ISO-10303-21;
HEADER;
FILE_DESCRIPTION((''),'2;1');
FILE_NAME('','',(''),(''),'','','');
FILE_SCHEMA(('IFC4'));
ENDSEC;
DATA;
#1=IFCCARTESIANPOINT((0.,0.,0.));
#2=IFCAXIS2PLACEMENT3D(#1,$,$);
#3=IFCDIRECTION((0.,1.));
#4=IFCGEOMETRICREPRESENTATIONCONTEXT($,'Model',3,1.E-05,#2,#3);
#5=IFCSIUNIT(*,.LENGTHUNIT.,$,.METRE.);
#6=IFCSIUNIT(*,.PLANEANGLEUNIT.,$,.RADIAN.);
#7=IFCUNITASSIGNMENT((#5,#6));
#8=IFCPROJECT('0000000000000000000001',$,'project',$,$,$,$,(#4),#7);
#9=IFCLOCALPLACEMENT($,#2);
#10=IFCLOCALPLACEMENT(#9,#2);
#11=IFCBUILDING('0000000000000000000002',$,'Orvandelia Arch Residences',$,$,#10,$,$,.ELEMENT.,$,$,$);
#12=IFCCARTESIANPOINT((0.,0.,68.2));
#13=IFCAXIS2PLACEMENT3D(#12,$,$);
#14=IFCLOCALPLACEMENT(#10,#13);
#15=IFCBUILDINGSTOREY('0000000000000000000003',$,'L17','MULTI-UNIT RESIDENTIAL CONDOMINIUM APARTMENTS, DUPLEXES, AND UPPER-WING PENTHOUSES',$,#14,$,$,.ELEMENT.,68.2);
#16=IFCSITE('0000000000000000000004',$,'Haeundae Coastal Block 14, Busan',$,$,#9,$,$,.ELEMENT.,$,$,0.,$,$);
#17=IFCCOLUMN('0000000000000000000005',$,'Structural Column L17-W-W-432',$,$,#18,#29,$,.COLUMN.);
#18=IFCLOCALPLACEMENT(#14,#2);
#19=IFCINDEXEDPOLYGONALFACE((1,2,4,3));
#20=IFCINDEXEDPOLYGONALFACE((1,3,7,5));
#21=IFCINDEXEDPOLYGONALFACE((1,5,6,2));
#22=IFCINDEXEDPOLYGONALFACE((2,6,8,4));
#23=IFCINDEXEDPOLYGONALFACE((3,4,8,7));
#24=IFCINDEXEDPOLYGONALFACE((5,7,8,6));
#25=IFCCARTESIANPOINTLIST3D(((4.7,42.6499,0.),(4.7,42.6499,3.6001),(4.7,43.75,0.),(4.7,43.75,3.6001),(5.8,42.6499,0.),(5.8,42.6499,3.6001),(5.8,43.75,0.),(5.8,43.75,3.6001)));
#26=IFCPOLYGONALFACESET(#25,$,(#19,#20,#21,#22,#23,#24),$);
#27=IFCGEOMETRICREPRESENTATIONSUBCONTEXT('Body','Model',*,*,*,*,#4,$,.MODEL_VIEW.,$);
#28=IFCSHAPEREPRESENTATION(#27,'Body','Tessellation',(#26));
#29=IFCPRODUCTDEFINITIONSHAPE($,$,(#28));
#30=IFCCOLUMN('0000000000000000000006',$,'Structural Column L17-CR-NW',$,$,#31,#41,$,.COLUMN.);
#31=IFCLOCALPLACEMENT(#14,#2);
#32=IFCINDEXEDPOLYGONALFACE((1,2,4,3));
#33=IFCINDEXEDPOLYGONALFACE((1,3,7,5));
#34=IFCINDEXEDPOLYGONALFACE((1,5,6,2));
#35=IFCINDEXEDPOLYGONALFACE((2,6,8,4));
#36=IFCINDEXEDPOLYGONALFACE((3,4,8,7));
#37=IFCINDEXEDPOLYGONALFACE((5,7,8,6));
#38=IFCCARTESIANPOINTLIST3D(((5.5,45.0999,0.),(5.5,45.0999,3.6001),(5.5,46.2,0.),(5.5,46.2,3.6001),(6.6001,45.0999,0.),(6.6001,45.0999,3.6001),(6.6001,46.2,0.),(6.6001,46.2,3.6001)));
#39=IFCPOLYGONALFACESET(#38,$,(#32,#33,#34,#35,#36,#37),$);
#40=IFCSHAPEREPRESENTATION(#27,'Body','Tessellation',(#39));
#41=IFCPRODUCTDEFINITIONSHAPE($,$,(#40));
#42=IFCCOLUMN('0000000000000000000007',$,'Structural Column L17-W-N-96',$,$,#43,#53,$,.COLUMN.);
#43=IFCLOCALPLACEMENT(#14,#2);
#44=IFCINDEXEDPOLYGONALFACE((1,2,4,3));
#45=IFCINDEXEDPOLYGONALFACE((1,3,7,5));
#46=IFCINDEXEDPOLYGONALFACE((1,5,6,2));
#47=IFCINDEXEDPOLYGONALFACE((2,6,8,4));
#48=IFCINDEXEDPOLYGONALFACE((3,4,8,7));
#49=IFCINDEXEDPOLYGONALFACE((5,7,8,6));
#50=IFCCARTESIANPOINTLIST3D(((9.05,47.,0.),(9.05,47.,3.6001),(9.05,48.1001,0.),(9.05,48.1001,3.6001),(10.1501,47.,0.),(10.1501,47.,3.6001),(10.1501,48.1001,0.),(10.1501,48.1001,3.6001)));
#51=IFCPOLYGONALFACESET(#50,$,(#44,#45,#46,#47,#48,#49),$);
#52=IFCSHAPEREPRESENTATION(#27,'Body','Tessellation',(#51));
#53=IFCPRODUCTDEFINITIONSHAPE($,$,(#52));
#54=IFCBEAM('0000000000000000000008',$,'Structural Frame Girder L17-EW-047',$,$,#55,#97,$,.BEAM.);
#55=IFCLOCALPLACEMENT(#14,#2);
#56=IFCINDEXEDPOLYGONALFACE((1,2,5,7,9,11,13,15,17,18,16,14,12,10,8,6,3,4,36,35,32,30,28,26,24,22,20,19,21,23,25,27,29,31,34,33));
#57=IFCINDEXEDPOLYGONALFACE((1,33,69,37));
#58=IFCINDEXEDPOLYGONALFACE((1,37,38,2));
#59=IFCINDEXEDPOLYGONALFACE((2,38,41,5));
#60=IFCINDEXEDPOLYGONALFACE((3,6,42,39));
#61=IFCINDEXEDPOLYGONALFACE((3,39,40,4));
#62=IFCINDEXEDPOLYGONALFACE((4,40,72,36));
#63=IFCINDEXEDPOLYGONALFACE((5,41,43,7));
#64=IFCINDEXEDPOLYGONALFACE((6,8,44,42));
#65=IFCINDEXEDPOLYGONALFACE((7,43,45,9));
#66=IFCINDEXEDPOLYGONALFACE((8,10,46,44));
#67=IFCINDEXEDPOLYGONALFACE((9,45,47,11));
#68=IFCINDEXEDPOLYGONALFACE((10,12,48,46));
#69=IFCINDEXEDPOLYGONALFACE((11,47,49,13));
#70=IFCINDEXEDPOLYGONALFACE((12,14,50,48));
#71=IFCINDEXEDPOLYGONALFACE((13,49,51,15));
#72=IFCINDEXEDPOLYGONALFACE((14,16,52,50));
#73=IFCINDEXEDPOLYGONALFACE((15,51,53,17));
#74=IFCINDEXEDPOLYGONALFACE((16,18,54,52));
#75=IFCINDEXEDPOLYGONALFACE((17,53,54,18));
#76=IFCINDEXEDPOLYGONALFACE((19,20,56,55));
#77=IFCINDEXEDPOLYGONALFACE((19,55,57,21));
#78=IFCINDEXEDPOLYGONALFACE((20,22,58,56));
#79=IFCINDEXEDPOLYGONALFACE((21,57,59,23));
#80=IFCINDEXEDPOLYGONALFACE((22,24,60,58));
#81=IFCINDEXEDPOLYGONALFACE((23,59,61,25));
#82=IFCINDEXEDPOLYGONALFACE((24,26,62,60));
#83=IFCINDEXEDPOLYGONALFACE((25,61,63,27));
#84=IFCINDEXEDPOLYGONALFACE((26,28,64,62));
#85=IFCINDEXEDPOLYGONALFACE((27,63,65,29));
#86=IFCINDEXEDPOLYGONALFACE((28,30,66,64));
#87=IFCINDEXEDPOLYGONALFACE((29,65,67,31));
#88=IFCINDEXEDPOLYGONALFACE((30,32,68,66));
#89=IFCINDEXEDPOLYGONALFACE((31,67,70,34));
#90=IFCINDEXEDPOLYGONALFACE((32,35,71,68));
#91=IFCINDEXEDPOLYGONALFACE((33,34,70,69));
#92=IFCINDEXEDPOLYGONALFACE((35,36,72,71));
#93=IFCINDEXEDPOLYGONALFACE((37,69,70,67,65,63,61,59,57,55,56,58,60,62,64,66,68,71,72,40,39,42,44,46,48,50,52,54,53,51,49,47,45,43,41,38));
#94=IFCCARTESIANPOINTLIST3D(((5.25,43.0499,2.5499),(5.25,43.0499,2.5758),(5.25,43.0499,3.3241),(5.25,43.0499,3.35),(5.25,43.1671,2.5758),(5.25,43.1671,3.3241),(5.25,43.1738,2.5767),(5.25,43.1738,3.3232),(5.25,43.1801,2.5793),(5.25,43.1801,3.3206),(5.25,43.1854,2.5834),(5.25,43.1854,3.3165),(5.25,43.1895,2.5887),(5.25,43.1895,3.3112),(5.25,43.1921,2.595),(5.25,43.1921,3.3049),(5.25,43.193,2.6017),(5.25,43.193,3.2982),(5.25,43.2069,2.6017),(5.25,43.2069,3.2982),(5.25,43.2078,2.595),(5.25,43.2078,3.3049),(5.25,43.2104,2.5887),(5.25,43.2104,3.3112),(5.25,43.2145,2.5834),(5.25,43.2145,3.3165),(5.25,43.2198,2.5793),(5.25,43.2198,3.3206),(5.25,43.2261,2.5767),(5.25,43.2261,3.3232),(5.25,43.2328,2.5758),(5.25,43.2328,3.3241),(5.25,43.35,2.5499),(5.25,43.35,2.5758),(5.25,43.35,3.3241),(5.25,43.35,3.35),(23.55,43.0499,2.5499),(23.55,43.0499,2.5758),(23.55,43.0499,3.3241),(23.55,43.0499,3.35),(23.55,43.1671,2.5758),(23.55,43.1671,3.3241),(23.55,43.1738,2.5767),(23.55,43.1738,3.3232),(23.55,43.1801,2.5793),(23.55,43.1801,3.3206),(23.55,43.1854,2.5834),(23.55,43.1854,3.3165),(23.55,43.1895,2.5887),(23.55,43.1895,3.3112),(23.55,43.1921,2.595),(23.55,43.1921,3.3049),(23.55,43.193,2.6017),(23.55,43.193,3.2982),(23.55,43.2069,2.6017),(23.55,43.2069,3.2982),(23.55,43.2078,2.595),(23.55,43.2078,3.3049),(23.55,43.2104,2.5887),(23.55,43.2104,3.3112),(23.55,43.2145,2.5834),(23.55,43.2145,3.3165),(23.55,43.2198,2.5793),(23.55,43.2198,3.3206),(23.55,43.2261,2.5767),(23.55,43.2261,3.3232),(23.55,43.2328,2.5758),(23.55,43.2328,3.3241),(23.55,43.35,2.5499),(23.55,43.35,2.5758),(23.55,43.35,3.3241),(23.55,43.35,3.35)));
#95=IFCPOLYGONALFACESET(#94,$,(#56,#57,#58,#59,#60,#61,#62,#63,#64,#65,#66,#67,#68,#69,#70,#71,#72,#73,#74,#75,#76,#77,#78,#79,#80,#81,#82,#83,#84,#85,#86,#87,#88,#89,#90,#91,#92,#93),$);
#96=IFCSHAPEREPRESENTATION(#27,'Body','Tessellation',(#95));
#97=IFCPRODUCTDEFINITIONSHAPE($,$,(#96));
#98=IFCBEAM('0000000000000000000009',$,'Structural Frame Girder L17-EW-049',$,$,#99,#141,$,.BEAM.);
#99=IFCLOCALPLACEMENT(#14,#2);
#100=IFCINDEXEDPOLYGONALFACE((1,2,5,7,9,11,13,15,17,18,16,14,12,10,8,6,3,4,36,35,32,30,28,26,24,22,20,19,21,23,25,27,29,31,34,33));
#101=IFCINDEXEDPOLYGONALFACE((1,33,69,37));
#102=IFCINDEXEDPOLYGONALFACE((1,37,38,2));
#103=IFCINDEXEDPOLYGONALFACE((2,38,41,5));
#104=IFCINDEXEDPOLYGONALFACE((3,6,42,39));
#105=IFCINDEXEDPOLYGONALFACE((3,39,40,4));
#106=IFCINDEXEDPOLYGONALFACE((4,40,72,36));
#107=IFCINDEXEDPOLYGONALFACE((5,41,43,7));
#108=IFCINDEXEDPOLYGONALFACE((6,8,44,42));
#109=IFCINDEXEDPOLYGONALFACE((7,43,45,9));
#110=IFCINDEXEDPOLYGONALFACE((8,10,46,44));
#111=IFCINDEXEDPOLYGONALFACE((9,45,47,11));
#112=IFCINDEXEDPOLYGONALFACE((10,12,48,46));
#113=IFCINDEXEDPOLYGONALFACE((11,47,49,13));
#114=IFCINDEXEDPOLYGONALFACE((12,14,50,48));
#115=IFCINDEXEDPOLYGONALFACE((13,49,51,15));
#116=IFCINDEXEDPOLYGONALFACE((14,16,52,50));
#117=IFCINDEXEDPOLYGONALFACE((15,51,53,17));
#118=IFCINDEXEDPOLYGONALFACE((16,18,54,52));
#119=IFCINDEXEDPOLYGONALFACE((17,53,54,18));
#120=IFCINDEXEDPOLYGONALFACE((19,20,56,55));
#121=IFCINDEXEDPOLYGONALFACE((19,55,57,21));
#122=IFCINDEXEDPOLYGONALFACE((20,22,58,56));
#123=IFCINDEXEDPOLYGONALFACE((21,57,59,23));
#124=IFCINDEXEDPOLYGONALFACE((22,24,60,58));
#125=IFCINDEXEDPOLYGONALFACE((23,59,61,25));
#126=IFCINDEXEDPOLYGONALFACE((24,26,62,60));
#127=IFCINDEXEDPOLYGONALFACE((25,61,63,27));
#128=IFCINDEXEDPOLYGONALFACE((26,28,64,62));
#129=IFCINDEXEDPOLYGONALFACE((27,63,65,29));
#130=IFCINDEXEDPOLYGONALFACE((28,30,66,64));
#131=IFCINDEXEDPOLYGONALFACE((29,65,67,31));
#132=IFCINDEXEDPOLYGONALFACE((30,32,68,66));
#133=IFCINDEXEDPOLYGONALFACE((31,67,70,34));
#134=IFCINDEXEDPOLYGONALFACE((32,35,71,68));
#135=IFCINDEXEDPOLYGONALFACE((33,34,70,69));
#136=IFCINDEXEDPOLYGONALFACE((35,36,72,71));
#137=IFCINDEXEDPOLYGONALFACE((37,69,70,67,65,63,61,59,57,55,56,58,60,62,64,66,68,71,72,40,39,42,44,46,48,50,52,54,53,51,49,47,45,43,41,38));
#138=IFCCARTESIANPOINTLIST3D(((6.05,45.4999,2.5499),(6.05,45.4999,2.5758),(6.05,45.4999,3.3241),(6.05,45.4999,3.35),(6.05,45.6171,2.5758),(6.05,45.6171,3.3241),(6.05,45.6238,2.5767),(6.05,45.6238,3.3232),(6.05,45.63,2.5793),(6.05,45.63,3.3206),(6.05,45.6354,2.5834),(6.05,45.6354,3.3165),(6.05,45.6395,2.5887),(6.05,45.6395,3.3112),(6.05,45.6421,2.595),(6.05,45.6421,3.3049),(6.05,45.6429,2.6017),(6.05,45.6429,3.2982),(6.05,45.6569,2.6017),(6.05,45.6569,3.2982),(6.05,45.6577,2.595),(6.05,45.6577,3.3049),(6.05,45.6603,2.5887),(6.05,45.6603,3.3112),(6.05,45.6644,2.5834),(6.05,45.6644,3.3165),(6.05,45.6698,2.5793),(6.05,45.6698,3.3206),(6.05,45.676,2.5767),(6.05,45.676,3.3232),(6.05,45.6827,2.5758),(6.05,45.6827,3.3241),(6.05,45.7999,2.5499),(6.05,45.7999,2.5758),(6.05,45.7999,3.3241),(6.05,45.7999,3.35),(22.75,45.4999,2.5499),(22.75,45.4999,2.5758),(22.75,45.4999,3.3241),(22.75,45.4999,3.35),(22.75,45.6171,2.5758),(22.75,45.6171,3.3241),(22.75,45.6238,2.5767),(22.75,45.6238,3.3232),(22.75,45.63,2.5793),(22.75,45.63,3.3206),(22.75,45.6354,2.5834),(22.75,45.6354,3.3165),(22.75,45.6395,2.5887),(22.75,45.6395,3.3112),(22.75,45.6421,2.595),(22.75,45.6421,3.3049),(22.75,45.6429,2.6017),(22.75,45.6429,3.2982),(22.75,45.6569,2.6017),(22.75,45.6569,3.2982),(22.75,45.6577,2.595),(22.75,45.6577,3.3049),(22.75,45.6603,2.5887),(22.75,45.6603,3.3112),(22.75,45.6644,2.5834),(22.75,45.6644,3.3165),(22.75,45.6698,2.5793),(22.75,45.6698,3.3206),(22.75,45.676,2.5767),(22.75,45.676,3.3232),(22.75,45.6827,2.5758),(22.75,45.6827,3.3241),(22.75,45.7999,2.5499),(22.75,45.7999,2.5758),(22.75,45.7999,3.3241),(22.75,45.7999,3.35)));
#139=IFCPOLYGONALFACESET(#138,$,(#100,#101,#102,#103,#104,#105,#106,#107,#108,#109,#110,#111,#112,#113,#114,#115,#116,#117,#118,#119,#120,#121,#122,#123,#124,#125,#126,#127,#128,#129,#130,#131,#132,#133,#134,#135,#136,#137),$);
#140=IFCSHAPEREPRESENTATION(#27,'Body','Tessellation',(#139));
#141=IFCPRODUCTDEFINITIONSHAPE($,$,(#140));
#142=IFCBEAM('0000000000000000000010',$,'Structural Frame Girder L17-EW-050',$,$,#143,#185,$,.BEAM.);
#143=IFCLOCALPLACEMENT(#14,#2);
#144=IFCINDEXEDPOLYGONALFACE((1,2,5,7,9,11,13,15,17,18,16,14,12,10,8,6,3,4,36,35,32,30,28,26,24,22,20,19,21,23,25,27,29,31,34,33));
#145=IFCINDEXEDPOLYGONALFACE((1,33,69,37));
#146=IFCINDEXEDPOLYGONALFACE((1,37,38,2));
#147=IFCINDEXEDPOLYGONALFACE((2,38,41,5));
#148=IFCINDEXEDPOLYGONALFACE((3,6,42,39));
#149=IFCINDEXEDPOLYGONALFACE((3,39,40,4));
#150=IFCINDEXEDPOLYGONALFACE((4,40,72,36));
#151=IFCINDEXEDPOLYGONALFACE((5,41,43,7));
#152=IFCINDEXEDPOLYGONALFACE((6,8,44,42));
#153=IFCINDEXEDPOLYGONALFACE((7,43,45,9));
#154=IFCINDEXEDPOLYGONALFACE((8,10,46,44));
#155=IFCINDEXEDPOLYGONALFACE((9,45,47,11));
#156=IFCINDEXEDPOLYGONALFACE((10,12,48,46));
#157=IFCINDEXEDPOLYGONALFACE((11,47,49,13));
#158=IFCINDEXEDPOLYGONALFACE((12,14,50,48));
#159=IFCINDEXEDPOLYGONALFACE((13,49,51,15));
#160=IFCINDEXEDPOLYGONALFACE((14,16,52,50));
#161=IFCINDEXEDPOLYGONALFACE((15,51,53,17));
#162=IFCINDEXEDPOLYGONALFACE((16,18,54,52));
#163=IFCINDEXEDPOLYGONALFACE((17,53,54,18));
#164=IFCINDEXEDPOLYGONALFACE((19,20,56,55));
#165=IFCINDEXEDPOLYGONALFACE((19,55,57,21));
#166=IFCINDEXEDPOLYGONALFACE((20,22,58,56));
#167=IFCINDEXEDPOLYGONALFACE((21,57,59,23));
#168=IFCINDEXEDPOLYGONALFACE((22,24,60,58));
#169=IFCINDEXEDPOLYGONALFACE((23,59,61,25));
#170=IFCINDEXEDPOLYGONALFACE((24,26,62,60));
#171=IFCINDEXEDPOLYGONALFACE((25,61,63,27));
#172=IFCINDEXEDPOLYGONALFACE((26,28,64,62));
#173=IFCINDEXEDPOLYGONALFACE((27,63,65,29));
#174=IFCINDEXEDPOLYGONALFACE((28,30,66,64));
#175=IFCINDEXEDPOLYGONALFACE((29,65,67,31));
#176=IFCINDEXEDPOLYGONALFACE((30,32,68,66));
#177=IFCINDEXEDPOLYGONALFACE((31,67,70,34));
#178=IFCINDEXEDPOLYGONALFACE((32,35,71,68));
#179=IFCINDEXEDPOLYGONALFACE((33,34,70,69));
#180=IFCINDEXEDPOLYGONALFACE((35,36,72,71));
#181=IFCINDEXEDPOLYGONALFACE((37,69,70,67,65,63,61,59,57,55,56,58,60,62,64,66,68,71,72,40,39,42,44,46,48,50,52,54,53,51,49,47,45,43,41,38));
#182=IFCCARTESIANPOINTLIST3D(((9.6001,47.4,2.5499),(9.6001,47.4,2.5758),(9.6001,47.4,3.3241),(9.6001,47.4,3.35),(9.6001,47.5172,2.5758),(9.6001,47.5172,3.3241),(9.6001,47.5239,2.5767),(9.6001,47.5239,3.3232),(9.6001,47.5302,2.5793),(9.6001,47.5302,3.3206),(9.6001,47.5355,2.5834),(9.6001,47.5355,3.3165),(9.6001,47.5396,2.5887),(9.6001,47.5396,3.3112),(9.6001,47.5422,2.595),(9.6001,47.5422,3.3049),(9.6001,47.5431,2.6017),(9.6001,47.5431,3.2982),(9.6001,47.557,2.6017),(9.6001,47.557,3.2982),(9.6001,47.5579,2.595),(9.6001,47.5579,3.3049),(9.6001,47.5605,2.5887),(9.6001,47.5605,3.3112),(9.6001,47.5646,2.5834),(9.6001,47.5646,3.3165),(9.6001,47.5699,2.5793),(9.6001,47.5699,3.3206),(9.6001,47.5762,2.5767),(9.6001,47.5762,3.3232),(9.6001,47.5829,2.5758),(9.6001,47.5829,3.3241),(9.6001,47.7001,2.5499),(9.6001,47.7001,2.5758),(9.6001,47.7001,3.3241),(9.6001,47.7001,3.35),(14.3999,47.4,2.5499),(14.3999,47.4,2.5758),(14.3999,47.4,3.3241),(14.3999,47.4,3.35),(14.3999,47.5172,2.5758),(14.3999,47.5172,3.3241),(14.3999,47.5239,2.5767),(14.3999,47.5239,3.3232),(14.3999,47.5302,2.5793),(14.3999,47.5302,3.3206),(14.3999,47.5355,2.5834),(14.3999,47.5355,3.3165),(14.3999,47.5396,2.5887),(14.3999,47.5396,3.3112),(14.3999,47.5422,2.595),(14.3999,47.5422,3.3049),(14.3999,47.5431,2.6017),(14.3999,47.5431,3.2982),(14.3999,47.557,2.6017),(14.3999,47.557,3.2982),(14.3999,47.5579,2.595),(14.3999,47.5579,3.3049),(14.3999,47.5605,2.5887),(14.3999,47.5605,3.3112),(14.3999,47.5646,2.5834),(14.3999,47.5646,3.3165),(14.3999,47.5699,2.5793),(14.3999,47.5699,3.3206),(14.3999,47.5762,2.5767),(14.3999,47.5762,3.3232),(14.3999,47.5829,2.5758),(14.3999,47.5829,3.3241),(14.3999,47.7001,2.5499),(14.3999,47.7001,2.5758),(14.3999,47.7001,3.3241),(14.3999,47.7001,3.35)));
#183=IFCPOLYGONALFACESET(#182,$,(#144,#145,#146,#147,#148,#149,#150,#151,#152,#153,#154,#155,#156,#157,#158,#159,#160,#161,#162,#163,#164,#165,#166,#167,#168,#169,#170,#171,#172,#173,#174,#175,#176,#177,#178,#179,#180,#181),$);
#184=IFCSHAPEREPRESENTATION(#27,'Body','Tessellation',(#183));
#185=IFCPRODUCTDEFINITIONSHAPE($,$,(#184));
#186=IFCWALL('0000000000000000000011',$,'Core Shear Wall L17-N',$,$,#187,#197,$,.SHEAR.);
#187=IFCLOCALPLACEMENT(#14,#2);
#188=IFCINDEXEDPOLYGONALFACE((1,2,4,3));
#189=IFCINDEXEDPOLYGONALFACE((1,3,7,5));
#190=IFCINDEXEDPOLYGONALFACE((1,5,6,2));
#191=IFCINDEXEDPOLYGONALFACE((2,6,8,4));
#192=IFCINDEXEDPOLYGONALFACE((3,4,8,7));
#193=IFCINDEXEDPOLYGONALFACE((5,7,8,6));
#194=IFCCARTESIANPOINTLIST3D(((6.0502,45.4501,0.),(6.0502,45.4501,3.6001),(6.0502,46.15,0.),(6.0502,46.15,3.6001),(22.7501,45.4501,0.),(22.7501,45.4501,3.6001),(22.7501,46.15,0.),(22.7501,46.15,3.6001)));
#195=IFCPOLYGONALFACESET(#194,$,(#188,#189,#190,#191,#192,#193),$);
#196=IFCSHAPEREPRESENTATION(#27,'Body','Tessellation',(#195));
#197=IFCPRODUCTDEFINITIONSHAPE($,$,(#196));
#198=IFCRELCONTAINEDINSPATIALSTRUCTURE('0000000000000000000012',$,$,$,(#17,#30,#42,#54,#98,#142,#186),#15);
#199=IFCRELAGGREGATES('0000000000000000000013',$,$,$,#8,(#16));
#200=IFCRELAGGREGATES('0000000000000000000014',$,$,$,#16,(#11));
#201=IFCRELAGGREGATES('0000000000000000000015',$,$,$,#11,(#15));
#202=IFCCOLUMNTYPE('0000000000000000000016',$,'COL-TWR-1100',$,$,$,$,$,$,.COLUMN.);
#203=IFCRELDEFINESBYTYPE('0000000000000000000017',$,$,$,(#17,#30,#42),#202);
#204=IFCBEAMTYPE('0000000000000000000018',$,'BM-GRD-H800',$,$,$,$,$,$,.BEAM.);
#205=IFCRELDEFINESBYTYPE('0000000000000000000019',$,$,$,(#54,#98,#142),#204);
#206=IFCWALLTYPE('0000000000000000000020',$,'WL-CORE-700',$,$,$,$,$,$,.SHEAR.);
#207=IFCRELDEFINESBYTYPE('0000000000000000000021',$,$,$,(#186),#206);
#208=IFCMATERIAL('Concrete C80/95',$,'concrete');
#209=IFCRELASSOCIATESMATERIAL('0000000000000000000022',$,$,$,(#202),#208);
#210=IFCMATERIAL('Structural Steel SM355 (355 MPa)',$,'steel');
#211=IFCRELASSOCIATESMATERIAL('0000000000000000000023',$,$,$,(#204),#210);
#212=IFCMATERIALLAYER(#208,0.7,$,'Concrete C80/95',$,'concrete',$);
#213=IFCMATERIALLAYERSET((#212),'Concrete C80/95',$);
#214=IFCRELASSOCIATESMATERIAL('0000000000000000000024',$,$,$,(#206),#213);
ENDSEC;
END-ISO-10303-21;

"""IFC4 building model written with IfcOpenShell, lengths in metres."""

from ifc_helpers import new_model, si_unit, direction, frame, frame_2d, origin, origin_2d, place, context, subcontext, project, spatial, rectangle, i_section, extrude, material, layer, layer_set, material_profile, profile_set, type_object, element, save


model = new_model("IFC4")

# Units and contexts
model_context = context("Model", 3, precision=1e-05, world=origin(), true_north=direction((0.0, 1.0)))
body_context = subcontext(model_context, "Body", "Model", "MODEL_VIEW")
ifc_project = project(units=[si_unit("LENGTHUNIT", "METRE"), si_unit("PLANEANGLEUNIT", "RADIAN")], contexts=[model_context])

# Site, building, storey
site_placement = place(None, origin())
site = spatial("IfcSite", under=ifc_project, at=site_placement, Name="Haeundae Coastal Block 14, Busan", CompositionType="ELEMENT", RefElevation=0.0)
building_placement = place(site_placement, origin())
building = spatial("IfcBuilding", under=site, at=building_placement, Name="Orvandelia Arch Residences", CompositionType="ELEMENT")
storey_placement = place(building_placement, frame((0.0, 0.0, 68.2)))
storey = spatial("IfcBuildingStorey", under=building, at=storey_placement, Name="L17", Description="MULTI-UNIT RESIDENTIAL CONDOMINIUM APARTMENTS, DUPLEXES, AND UPPER-WING PENTHOUSES", CompositionType="ELEMENT", Elevation=68.2)

# Columns
ifc_material_1 = material(Name="Concrete C80/95", Category="concrete")
ifc_material_profile_1 = material_profile(ifc_material_1, rectangle(XDim=1.1001, YDim=1.1001, at=origin_2d()), Name="Concrete C80/95", Category="concrete")
ifc_profile_set_1 = profile_set([ifc_material_profile_1], Name="Concrete C80/95")
column_type = type_object("IfcColumnType", Name="COL-TWR-1100", PredefinedType="COLUMN", material=ifc_profile_set_1)
for number, where, z_axis, x_axis, name in (
    (1, (5.25, 43.2, 0.0), (0.0, 0.0, 1.0), (1.0, 0.0, 0.0), "Structural Column L17-W-W-432"),
    (2, (6.05, 45.6499, 0.0), (0.0, 0.0, 1.0), (1.0, 0.0, 0.0), "Structural Column L17-CR-NW"),
    (3, (9.6001, 47.55, 0.0), (0.0, 0.0, 1.0), (1.0, 0.0, 0.0), "Structural Column L17-W-N-96"),
):
    element("IfcColumn", number, at=place(storey_placement, frame(where, z_axis=z_axis, x_axis=x_axis)), inside=storey, type_object=column_type, Name=name, PredefinedType="COLUMN", context=body_context, shape_type="SweptSolid", body=[
        extrude(rectangle(XDim=1.1001, YDim=1.1001, at=origin_2d()), origin(), (0.0, 0.0, 1.0), 3.6001),
    ])

# Beams
ifc_material_2 = material(Name="Structural Steel SM355 (355 MPa)", Category="steel")
ifc_material_profile_2 = material_profile(ifc_material_2, i_section(OverallWidth=0.3, OverallDepth=0.8, WebThickness=0.0139, FlangeThickness=0.0259, FilletRadius=0.0259, at=origin_2d()), Name="Structural Steel SM355 (355 MPa)", Category="steel")
ifc_profile_set_2 = profile_set([ifc_material_profile_2], Name="Structural Steel SM355 (355 MPa)")
beam_type = type_object("IfcBeamType", Name="BM-GRD-H800", PredefinedType="BEAM", material=ifc_profile_set_2)
beam_1_placement = place(storey_placement, frame((5.25, 43.2, 2.95), z_axis=(1.0, 0.0, 0.0), x_axis=(0.0, 1.0, 0.0)))
element("IfcBeam", 4, at=beam_1_placement, inside=storey, type_object=beam_type, Name="Structural Frame Girder L17-EW-047", PredefinedType="BEAM", context=body_context, shape_type="SweptSolid", body=[
    extrude(i_section(OverallWidth=0.3, OverallDepth=0.8, WebThickness=0.0139, FlangeThickness=0.0259, FilletRadius=0.0259, at=origin_2d()), origin(), (0.0, 0.0, 1.0), 18.3),
])
beam_2_placement = place(storey_placement, frame((6.05, 45.6499, 2.95), z_axis=(1.0, 0.0, 0.0), x_axis=(0.0, 1.0, 0.0)))
element("IfcBeam", 5, at=beam_2_placement, inside=storey, type_object=beam_type, Name="Structural Frame Girder L17-EW-049", PredefinedType="BEAM", context=body_context, shape_type="SweptSolid", body=[
    extrude(i_section(OverallWidth=0.3, OverallDepth=0.8, WebThickness=0.0139, FlangeThickness=0.0259, FilletRadius=0.0259, at=origin_2d()), origin(), (0.0, 0.0, 1.0), 16.7),
])
beam_3_placement = place(storey_placement, frame((9.6001, 47.55, 2.95), z_axis=(1.0, 0.0, 0.0), x_axis=(0.0, 1.0, 0.0)))
element("IfcBeam", 6, at=beam_3_placement, inside=storey, type_object=beam_type, Name="Structural Frame Girder L17-EW-050", PredefinedType="BEAM", context=body_context, shape_type="SweptSolid", body=[
    extrude(i_section(OverallWidth=0.3, OverallDepth=0.8, WebThickness=0.0139, FlangeThickness=0.0259, FilletRadius=0.0259, at=origin_2d()), origin(), (0.0, 0.0, 1.0), 4.7998),
])

# Wall
ifc_layer_1 = layer(ifc_material_1, 0.7, Name="Concrete C80/95", Category="concrete")
ifc_layer_set_1 = layer_set([ifc_layer_1], Name="Concrete C80/95")
wall_type_1 = type_object("IfcWallType", Name="WL-CORE-700", PredefinedType="SHEAR", material=ifc_layer_set_1)
wall_1_placement = place(storey_placement, frame((6.05, 45.8, 0.0), z_axis=(0.0, 0.0, 1.0), x_axis=(1.0, 0.0, 0.0)))
element("IfcWall", 7, at=wall_1_placement, inside=storey, type_object=wall_type_1, Name="Core Shear Wall L17-N", PredefinedType="SHEAR", context=body_context, shape_type="SweptSolid", body=[
    extrude(rectangle(XDim=16.7, YDim=0.7, at=frame_2d((8.3501, 0.0))), origin(), (0.0, 0.0, 1.0), 3.6001),
])

save(model, "model.ifc")
